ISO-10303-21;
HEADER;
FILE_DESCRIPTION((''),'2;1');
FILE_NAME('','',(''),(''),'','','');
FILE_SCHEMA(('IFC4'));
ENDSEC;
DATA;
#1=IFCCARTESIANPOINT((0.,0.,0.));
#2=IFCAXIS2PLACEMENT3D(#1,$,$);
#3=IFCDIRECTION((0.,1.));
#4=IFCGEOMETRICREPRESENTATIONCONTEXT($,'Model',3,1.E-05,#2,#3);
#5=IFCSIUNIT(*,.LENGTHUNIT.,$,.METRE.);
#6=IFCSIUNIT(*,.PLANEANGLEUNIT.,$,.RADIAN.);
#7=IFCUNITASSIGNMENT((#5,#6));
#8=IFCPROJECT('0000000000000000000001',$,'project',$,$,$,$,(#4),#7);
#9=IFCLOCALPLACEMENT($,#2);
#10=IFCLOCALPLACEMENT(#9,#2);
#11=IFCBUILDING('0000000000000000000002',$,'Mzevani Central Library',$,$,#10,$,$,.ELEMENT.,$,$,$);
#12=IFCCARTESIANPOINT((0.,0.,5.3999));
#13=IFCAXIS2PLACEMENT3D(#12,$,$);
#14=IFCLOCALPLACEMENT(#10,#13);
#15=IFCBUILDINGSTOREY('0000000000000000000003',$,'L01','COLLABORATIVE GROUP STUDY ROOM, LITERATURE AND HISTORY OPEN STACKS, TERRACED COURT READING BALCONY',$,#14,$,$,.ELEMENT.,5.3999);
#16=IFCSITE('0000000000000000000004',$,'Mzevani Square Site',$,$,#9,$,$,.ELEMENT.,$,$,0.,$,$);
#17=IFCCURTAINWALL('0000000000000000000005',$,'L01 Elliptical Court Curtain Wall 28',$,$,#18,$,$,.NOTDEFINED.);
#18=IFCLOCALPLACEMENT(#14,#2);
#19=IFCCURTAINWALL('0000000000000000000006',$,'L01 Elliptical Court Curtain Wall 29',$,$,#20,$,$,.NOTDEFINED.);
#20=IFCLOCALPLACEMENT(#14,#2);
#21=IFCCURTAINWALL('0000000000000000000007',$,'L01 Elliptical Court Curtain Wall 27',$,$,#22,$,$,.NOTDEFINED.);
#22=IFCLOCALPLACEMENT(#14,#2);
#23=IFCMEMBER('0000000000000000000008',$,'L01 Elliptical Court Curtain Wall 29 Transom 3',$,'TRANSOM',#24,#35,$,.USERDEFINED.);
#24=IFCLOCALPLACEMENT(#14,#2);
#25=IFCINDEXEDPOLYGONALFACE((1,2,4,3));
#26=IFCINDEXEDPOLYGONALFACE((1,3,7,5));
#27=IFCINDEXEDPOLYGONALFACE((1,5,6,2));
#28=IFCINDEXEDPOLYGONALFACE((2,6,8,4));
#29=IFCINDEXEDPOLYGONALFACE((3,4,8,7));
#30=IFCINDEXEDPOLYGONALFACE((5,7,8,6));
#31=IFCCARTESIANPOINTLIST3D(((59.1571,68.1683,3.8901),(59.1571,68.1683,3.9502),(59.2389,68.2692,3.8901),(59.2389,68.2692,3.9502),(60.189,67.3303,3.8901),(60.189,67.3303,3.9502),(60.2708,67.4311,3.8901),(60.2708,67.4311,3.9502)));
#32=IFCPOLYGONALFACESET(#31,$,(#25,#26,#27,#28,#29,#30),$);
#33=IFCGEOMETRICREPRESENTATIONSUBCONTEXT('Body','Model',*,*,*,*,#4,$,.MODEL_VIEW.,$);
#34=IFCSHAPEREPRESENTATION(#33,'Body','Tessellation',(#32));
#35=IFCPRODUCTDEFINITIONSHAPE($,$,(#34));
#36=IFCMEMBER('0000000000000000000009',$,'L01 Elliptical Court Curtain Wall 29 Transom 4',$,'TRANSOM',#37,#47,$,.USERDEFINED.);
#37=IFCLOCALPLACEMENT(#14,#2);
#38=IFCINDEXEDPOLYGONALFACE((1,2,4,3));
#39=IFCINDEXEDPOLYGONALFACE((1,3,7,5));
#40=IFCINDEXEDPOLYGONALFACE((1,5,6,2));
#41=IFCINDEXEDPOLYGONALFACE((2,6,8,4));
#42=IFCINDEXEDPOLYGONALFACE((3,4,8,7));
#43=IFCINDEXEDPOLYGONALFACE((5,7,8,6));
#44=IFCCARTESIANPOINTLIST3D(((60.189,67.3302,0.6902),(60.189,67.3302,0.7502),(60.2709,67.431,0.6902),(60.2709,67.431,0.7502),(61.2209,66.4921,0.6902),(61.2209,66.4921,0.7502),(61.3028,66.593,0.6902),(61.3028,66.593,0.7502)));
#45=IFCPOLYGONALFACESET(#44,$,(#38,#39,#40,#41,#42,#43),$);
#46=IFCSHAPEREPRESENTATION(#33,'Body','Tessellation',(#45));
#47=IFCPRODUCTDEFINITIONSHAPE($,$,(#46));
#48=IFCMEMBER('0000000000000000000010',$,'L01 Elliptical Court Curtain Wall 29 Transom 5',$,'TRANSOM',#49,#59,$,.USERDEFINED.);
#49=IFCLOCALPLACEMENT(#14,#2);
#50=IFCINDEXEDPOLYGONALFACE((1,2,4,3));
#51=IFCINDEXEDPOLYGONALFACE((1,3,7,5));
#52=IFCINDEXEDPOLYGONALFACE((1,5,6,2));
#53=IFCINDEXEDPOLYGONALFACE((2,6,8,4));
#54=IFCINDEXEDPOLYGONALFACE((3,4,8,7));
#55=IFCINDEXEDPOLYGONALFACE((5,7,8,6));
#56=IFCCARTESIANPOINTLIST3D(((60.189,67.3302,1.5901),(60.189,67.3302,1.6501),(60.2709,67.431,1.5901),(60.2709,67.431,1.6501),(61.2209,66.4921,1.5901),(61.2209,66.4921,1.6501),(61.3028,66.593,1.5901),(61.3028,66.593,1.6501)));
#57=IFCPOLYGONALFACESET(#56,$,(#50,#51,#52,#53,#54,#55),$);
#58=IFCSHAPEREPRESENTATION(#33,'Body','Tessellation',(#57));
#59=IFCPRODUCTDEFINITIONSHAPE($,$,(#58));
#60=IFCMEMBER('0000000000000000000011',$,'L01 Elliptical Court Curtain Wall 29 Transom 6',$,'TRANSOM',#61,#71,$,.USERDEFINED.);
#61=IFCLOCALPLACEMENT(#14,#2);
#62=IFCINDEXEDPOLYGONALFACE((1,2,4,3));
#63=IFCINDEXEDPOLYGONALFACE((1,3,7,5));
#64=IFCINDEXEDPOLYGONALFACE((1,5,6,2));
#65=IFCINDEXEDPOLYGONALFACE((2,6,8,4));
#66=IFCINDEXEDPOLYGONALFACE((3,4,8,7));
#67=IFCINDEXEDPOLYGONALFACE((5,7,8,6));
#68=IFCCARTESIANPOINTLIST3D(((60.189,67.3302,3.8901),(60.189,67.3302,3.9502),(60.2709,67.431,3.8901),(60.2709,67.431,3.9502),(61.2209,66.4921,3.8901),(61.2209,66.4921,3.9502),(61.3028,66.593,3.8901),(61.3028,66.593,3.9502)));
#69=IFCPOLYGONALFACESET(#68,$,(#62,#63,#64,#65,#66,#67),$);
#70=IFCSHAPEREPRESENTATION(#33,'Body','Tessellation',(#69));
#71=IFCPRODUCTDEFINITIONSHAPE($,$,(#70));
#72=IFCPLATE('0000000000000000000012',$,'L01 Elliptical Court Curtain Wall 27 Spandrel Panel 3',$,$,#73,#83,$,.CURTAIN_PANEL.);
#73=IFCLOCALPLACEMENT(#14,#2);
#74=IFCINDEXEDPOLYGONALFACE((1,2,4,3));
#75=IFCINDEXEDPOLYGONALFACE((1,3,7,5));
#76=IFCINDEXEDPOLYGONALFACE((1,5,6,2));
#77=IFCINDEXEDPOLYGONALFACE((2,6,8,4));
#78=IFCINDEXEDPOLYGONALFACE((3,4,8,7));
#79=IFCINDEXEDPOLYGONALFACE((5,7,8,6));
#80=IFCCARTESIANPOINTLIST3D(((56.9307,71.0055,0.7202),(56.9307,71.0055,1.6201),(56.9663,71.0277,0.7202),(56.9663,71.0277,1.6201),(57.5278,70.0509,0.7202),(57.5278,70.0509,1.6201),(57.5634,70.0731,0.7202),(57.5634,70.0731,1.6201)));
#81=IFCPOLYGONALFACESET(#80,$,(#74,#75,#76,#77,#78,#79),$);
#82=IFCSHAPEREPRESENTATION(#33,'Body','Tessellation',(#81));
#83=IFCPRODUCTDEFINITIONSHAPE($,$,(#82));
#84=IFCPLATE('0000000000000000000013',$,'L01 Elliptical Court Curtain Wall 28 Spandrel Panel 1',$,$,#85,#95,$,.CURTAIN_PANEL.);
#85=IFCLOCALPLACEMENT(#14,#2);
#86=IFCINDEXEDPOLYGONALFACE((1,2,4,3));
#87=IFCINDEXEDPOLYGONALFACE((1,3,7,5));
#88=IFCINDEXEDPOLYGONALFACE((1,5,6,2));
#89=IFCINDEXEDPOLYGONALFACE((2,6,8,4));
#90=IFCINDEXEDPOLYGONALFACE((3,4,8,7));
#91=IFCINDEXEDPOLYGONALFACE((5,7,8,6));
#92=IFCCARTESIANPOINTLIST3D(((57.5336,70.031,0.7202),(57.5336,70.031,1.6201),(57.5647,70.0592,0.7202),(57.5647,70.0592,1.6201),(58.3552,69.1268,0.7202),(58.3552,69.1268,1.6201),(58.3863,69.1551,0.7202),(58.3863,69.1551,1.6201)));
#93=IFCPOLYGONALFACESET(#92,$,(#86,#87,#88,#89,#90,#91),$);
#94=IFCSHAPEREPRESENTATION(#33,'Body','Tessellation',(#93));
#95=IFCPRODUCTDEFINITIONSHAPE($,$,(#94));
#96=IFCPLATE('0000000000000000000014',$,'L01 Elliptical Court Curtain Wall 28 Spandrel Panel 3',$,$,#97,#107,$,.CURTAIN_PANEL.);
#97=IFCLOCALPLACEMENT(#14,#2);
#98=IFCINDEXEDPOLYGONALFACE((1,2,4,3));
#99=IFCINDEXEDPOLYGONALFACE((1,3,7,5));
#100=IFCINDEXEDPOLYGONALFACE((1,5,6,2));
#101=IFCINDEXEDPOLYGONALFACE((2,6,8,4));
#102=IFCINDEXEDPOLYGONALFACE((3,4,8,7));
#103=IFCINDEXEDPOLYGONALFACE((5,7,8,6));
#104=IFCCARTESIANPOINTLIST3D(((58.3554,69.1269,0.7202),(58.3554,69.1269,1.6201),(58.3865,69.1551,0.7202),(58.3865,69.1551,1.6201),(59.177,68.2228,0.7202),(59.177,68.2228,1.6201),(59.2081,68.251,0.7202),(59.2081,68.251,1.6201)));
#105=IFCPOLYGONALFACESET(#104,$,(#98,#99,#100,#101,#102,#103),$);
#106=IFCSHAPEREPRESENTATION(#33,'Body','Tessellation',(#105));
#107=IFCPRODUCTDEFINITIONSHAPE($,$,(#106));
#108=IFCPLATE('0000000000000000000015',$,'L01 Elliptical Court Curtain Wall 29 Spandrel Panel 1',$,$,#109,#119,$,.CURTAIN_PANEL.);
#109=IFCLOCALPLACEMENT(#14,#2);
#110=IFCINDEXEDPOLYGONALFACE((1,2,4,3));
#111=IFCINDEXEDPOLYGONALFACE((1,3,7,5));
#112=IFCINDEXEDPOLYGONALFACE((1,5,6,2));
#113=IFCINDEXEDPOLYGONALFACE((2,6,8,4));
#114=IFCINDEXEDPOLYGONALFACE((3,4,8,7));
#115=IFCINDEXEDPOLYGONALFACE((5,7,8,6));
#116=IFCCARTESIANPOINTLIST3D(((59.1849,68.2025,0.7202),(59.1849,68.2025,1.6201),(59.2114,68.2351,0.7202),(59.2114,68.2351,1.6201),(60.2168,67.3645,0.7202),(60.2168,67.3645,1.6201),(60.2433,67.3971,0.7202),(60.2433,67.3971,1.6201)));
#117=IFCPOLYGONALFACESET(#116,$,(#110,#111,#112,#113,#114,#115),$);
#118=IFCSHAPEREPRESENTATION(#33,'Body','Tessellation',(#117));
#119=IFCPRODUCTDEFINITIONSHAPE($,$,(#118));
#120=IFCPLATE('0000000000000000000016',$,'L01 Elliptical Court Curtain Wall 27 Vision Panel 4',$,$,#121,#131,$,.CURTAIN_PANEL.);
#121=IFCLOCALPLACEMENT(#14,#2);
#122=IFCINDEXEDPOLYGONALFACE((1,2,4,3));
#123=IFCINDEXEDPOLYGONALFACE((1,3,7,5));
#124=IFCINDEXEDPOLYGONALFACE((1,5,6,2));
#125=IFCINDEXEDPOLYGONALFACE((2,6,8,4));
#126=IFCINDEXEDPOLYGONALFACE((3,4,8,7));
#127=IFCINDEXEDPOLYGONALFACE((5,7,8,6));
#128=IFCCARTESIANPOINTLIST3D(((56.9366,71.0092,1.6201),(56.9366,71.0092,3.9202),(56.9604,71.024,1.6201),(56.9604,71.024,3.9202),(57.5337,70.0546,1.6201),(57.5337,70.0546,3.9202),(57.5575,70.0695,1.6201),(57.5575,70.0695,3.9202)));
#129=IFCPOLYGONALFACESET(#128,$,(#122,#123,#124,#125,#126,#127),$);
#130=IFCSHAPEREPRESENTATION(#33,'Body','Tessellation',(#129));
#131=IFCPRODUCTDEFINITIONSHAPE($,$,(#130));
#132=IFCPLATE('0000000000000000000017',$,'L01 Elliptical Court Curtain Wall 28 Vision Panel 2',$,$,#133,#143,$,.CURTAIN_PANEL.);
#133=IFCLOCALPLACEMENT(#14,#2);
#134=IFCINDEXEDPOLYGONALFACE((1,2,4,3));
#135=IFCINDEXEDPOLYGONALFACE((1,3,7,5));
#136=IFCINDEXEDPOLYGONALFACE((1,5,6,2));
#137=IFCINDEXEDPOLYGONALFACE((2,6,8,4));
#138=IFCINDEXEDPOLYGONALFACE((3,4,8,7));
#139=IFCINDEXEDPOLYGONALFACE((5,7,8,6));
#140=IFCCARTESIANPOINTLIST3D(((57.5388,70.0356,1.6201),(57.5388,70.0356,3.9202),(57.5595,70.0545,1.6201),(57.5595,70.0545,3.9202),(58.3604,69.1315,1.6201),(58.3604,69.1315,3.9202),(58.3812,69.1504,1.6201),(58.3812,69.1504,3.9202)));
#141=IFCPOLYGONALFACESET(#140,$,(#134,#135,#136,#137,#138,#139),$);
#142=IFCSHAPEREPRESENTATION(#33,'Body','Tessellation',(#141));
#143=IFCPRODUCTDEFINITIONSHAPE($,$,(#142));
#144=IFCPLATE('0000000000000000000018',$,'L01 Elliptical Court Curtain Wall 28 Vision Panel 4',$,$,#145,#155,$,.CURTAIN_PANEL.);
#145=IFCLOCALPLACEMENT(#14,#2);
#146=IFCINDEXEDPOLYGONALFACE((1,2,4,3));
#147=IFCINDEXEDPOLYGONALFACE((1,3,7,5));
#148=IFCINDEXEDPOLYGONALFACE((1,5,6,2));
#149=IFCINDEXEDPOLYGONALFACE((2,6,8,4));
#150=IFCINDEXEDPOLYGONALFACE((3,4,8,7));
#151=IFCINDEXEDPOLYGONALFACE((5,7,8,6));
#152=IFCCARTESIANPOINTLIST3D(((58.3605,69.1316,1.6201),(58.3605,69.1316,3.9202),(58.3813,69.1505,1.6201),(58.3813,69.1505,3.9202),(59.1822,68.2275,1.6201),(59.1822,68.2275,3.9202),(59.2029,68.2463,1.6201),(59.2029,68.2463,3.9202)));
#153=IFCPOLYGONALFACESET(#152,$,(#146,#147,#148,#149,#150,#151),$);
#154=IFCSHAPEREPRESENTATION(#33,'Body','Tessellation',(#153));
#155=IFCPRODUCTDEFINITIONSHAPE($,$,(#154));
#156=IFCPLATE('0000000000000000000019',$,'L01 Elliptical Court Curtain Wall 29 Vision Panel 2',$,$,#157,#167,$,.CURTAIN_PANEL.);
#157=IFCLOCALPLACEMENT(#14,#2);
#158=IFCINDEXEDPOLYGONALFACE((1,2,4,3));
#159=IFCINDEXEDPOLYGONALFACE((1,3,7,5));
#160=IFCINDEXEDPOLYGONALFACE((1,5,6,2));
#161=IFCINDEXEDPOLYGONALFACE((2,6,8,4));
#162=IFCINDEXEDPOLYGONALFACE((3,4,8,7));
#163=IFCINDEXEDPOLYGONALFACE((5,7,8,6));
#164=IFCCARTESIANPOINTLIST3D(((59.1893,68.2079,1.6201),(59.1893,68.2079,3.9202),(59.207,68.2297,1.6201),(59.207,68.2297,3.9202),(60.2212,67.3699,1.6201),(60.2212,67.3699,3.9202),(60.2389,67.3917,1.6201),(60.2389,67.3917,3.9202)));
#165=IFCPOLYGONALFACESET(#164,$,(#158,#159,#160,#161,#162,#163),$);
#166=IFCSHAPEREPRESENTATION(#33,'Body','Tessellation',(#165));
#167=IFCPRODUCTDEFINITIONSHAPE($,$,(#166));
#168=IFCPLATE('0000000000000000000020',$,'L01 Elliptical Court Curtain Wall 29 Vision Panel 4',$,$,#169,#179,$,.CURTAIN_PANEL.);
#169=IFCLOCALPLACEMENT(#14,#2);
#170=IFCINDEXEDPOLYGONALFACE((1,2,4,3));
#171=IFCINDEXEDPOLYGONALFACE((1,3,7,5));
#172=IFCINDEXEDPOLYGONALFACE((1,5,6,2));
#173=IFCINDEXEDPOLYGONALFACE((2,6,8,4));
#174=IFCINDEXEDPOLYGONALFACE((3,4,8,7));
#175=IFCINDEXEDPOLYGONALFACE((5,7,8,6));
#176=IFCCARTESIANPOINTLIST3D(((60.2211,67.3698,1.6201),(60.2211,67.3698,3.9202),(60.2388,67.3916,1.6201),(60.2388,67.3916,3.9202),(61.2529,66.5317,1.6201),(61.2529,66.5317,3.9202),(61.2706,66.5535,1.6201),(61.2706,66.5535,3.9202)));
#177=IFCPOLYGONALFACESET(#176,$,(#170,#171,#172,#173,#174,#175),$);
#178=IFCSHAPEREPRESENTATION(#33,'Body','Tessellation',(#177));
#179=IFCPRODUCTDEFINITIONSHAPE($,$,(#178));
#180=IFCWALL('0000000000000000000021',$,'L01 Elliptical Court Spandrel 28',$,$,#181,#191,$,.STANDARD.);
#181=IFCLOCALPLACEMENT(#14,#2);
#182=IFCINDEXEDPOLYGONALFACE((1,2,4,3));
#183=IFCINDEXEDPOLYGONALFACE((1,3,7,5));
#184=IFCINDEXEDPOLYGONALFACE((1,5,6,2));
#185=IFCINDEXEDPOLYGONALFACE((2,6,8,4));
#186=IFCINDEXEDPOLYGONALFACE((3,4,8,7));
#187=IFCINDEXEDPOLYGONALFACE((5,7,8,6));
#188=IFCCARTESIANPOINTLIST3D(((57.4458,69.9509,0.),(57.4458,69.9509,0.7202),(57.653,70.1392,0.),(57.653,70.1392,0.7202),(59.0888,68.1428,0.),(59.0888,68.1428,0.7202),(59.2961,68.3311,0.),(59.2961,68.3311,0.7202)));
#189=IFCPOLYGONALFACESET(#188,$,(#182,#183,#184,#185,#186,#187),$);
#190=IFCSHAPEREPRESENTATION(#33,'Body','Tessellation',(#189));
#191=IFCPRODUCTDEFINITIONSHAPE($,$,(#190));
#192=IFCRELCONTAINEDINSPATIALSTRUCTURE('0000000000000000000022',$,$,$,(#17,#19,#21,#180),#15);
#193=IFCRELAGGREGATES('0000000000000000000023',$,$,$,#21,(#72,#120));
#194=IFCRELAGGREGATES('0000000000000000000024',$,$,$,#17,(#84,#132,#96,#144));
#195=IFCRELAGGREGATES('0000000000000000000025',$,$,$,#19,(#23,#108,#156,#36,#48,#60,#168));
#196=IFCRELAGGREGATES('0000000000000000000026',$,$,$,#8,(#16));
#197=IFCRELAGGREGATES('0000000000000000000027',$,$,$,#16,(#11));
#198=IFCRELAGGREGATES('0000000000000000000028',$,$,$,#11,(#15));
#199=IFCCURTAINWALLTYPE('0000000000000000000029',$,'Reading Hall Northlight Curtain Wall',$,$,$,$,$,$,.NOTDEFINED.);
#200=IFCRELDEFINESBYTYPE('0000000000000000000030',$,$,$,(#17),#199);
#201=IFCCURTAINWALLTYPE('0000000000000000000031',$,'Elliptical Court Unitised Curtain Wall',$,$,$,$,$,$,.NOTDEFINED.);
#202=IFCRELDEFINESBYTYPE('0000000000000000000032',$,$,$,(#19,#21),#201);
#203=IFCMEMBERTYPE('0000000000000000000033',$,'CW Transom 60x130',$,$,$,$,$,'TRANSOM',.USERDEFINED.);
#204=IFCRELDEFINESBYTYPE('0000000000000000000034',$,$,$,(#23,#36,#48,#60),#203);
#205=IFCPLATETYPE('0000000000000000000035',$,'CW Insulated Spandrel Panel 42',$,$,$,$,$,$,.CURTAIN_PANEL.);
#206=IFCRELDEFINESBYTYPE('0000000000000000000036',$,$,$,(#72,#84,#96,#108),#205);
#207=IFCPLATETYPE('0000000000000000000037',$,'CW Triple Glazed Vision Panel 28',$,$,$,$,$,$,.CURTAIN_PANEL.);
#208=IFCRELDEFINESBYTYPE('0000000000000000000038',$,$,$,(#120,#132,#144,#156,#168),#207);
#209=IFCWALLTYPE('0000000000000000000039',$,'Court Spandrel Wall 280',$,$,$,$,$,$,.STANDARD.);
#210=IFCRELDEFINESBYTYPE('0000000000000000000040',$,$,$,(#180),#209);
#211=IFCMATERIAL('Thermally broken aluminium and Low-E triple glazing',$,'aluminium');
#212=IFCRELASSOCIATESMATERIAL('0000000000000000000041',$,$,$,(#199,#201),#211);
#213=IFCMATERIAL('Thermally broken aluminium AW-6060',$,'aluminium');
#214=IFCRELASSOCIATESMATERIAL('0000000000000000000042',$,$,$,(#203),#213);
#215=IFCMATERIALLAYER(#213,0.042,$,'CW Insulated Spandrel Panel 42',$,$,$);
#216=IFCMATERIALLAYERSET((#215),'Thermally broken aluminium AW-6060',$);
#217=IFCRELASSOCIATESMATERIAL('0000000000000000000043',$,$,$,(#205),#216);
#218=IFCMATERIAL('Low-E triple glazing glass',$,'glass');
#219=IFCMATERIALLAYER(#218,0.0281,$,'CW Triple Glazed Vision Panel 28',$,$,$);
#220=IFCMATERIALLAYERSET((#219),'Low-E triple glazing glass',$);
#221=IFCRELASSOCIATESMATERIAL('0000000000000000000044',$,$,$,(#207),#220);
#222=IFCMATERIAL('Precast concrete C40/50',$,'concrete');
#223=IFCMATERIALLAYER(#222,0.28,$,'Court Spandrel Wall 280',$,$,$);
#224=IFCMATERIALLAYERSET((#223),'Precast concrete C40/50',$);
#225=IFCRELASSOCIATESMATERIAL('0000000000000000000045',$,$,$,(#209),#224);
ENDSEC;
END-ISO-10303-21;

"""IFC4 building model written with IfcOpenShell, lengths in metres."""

from ifc_helpers import new_model, si_unit, direction, frame, frame_2d, origin, origin_2d, place, context, subcontext, project, spatial, rectangle, extrude, material, layer, layer_set, material_profile, profile_set, type_object, element, aggregate, save


model = new_model("IFC4")

# Units and contexts
model_context = context("Model", 3, precision=1e-05, world=origin(), true_north=direction((0.0, 1.0)))
body_context = subcontext(model_context, "Body", "Model", "MODEL_VIEW")
ifc_project = project(units=[si_unit("LENGTHUNIT", "METRE"), si_unit("PLANEANGLEUNIT", "RADIAN")], contexts=[model_context])

# Site, building, storey
site_placement = place(None, origin())
site = spatial("IfcSite", under=ifc_project, at=site_placement, Name="Mzevani Square Site", CompositionType="ELEMENT", RefElevation=0.0)
building_placement = place(site_placement, origin())
building = spatial("IfcBuilding", under=site, at=building_placement, Name="Mzevani Central Library", CompositionType="ELEMENT")
storey_placement = place(building_placement, frame((0.0, 0.0, 5.3999)))
storey = spatial("IfcBuildingStorey", under=building, at=storey_placement, Name="L01", Description="COLLABORATIVE GROUP STUDY ROOM, LITERATURE AND HISTORY OPEN STACKS, TERRACED COURT READING BALCONY", CompositionType="ELEMENT", Elevation=5.3999)

# Curtain walls
ifc_material_1 = material(Name="Thermally broken aluminium and Low-E triple glazing", Category="aluminium")
curtain_wall_type_1 = type_object("IfcCurtainWallType", Name="Reading Hall Northlight Curtain Wall", PredefinedType="NOTDEFINED", material=ifc_material_1)
curtain_wall_1_placement = place(storey_placement, origin())
curtain_wall_1 = element("IfcCurtainWall", 1, at=curtain_wall_1_placement, inside=storey, type_object=curtain_wall_type_1, Name="L01 Elliptical Court Curtain Wall 28", PredefinedType="NOTDEFINED")
ifc_material_2 = material(Name="Thermally broken aluminium AW-6060", Category="aluminium")
curtain_wall_type_2 = type_object("IfcCurtainWallType", Name="Elliptical Court Unitised Curtain Wall", PredefinedType="NOTDEFINED", material=ifc_material_1)
curtain_wall_2_placement = place(storey_placement, origin())
curtain_wall_2 = element("IfcCurtainWall", 2, at=curtain_wall_2_placement, inside=storey, type_object=curtain_wall_type_2, Name="L01 Elliptical Court Curtain Wall 29", PredefinedType="NOTDEFINED")

# Curtain wall
curtain_wall_3_placement = place(storey_placement, origin())
curtain_wall_3 = element("IfcCurtainWall", 3, at=curtain_wall_3_placement, inside=storey, type_object=curtain_wall_type_2, Name="L01 Elliptical Court Curtain Wall 27", PredefinedType="NOTDEFINED")

# Members
ifc_material_profile_1 = material_profile(ifc_material_2, rectangle(XDim=0.1299, YDim=0.0601, at=origin_2d()), Name="ALU T60x130")
ifc_profile_set_1 = profile_set([ifc_material_profile_1], Name="Thermally broken aluminium AW-6060")
member_type_1 = type_object("IfcMemberType", Name="CW Transom 60x130", ElementType="TRANSOM", PredefinedType="USERDEFINED", material=ifc_profile_set_1)
member_1_placement = place(storey_placement, frame((59.198, 68.2188, 3.9202), z_axis=(0.776243, -0.630434, 0.0), x_axis=(0.630434, 0.776243, 0.0)))
member_1 = element("IfcMember", 4, at=member_1_placement, type_object=member_type_1, Name="L01 Elliptical Court Curtain Wall 29 Transom 3", ObjectType="TRANSOM", PredefinedType="USERDEFINED", context=body_context, shape_type="SweptSolid", body=[
    extrude(rectangle(XDim=0.1299, YDim=0.0601, at=origin_2d()), origin(), (0.0, 0.0, 1.0), 1.3293),
])
member_2_placement = place(storey_placement, frame((60.23, 67.3806, 0.7202), z_axis=(0.776243, -0.630434, 0.0), x_axis=(0.630434, 0.776243, 0.0)))
member_2 = element("IfcMember", 5, at=member_2_placement, type_object=member_type_1, Name="L01 Elliptical Court Curtain Wall 29 Transom 4", ObjectType="TRANSOM", PredefinedType="USERDEFINED", context=body_context, shape_type="SweptSolid", body=[
    extrude(rectangle(XDim=0.1299, YDim=0.0601, at=origin_2d()), origin(), (0.0, 0.0, 1.0), 1.3293),
])
member_3_placement = place(storey_placement, frame((60.23, 67.3806, 1.6201), z_axis=(0.776243, -0.630434, 0.0), x_axis=(0.630434, 0.776243, 0.0)))
member_3 = element("IfcMember", 6, at=member_3_placement, type_object=member_type_1, Name="L01 Elliptical Court Curtain Wall 29 Transom 5", ObjectType="TRANSOM", PredefinedType="USERDEFINED", context=body_context, shape_type="SweptSolid", body=[
    extrude(rectangle(XDim=0.1299, YDim=0.0601, at=origin_2d()), origin(), (0.0, 0.0, 1.0), 1.3293),
])
member_4_placement = place(storey_placement, frame((60.23, 67.3806, 3.9202), z_axis=(0.776243, -0.630434, 0.0), x_axis=(0.630434, 0.776243, 0.0)))
member_4 = element("IfcMember", 7, at=member_4_placement, type_object=member_type_1, Name="L01 Elliptical Court Curtain Wall 29 Transom 6", ObjectType="TRANSOM", PredefinedType="USERDEFINED", context=body_context, shape_type="SweptSolid", body=[
    extrude(rectangle(XDim=0.1299, YDim=0.0601, at=origin_2d()), origin(), (0.0, 0.0, 1.0), 1.3293),
])

# Plates
ifc_layer_1 = layer(ifc_material_2, 0.042, Name="CW Insulated Spandrel Panel 42")
ifc_layer_set_1 = layer_set([ifc_layer_1], Name="Thermally broken aluminium AW-6060")
plate_type_1 = type_object("IfcPlateType", Name="CW Insulated Spandrel Panel 42", PredefinedType="CURTAIN_PANEL", material=ifc_layer_set_1)
plate_1_placement = place(storey_placement, frame((57.2471, 70.5393, 0.7202), z_axis=(0.0, 0.0, 1.0), x_axis=(0.530343, -0.847783, 0.0)))
plate_1 = element("IfcPlate", 8, at=plate_1_placement, type_object=plate_type_1, Name="L01 Elliptical Court Curtain Wall 27 Spandrel Panel 3", PredefinedType="CURTAIN_PANEL", context=body_context, shape_type="SweptSolid", body=[
    extrude(rectangle(XDim=1.126, YDim=0.042, at=origin_2d()), origin(), (0.0, 0.0, 1.0), 0.8999),
])
plate_2_placement = place(storey_placement, frame((57.96, 69.593, 0.7202), z_axis=(0.0, 0.0, 1.0), x_axis=(0.672532, -0.740068, 0.0)))
plate_2 = element("IfcPlate", 9, at=plate_2_placement, type_object=plate_type_1, Name="L01 Elliptical Court Curtain Wall 28 Spandrel Panel 1", PredefinedType="CURTAIN_PANEL", context=body_context, shape_type="SweptSolid", body=[
    extrude(rectangle(XDim=1.2217, YDim=0.042, at=origin_2d()), origin(), (0.0, 0.0, 1.0), 0.8999),
])
plate_3_placement = place(storey_placement, frame((58.7817, 68.689, 0.7202), z_axis=(0.0, 0.0, 1.0), x_axis=(0.672532, -0.740068, 0.0)))
plate_3 = element("IfcPlate", 10, at=plate_3_placement, type_object=plate_type_1, Name="L01 Elliptical Court Curtain Wall 28 Spandrel Panel 3", PredefinedType="CURTAIN_PANEL", context=body_context, shape_type="SweptSolid", body=[
    extrude(rectangle(XDim=1.2217, YDim=0.042, at=origin_2d()), origin(), (0.0, 0.0, 1.0), 0.8999),
])
plate_4_placement = place(storey_placement, frame((59.7141, 67.7998, 0.7202), z_axis=(0.0, 0.0, 1.0), x_axis=(0.776231, -0.630448, 0.0)))
plate_4 = element("IfcPlate", 11, at=plate_4_placement, type_object=plate_type_1, Name="L01 Elliptical Court Curtain Wall 29 Spandrel Panel 1", PredefinedType="CURTAIN_PANEL", context=body_context, shape_type="SweptSolid", body=[
    extrude(rectangle(XDim=1.3293, YDim=0.042, at=origin_2d()), origin(), (0.0, 0.0, 1.0), 0.8999),
])
ifc_material_3 = material(Name="Low-E triple glazing glass", Category="glass")
ifc_layer_2 = layer(ifc_material_3, 0.0281, Name="CW Triple Glazed Vision Panel 28")
ifc_layer_set_2 = layer_set([ifc_layer_2], Name="Low-E triple glazing glass")
plate_type_2 = type_object("IfcPlateType", Name="CW Triple Glazed Vision Panel 28", PredefinedType="CURTAIN_PANEL", material=ifc_layer_set_2)
plate_5_placement = place(storey_placement, frame((57.2471, 70.5393, 1.6201), z_axis=(0.0, 0.0, 1.0), x_axis=(0.530343, -0.847783, 0.0)))
plate_5 = element("IfcPlate", 12, at=plate_5_placement, type_object=plate_type_2, Name="L01 Elliptical Court Curtain Wall 27 Vision Panel 4", PredefinedType="CURTAIN_PANEL", context=body_context, shape_type="SweptSolid", body=[
    extrude(rectangle(XDim=1.126, YDim=0.0281, at=origin_2d()), origin(), (0.0, 0.0, 1.0), 2.3),
])
aggregate(curtain_wall_3, [plate_1, plate_5])
plate_6_placement = place(storey_placement, frame((57.96, 69.593, 1.6201), z_axis=(0.0, 0.0, 1.0), x_axis=(0.672532, -0.740068, 0.0)))
plate_6 = element("IfcPlate", 13, at=plate_6_placement, type_object=plate_type_2, Name="L01 Elliptical Court Curtain Wall 28 Vision Panel 2", PredefinedType="CURTAIN_PANEL", context=body_context, shape_type="SweptSolid", body=[
    extrude(rectangle(XDim=1.2217, YDim=0.0281, at=origin_2d()), origin(), (0.0, 0.0, 1.0), 2.3),
])
plate_7_placement = place(storey_placement, frame((58.7817, 68.689, 1.6201), z_axis=(0.0, 0.0, 1.0), x_axis=(0.672532, -0.740068, 0.0)))
plate_7 = element("IfcPlate", 14, at=plate_7_placement, type_object=plate_type_2, Name="L01 Elliptical Court Curtain Wall 28 Vision Panel 4", PredefinedType="CURTAIN_PANEL", context=body_context, shape_type="SweptSolid", body=[
    extrude(rectangle(XDim=1.2217, YDim=0.0281, at=origin_2d()), origin(), (0.0, 0.0, 1.0), 2.3),
])
aggregate(curtain_wall_1, [plate_2, plate_6, plate_3, plate_7])
plate_8_placement = place(storey_placement, frame((59.7141, 67.7998, 1.6201), z_axis=(0.0, 0.0, 1.0), x_axis=(0.776231, -0.630448, 0.0)))
plate_8 = element("IfcPlate", 15, at=plate_8_placement, type_object=plate_type_2, Name="L01 Elliptical Court Curtain Wall 29 Vision Panel 2", PredefinedType="CURTAIN_PANEL", context=body_context, shape_type="SweptSolid", body=[
    extrude(rectangle(XDim=1.3293, YDim=0.0281, at=origin_2d()), origin(), (0.0, 0.0, 1.0), 2.3),
])
plate_9_placement = place(storey_placement, frame((60.7458, 66.9617, 1.6201), z_axis=(0.0, 0.0, 1.0), x_axis=(0.776231, -0.630448, 0.0)))
plate_9 = element("IfcPlate", 16, at=plate_9_placement, type_object=plate_type_2, Name="L01 Elliptical Court Curtain Wall 29 Vision Panel 4", PredefinedType="CURTAIN_PANEL", context=body_context, shape_type="SweptSolid", body=[
    extrude(rectangle(XDim=1.3293, YDim=0.0281, at=origin_2d()), origin(), (0.0, 0.0, 1.0), 2.3),
])
aggregate(curtain_wall_2, [member_1, plate_4, plate_8, member_2, member_3, member_4, plate_9])

# Wall
ifc_material_4 = material(Name="Precast concrete C40/50", Category="concrete")
ifc_layer_3 = layer(ifc_material_4, 0.28, Name="Court Spandrel Wall 280")
ifc_layer_set_3 = layer_set([ifc_layer_3], Name="Precast concrete C40/50")
wall_type = type_object("IfcWallType", Name="Court Spandrel Wall 280", PredefinedType="STANDARD", material=ifc_layer_set_3)
wall_1_placement = place(storey_placement, frame((57.5493, 70.0452, 0.0), z_axis=(0.0, 0.0, 1.0), x_axis=(0.672524, -0.740076, 0.0)))
element("IfcWall", 17, at=wall_1_placement, inside=storey, type_object=wall_type, Name="L01 Elliptical Court Spandrel 28", PredefinedType="STANDARD", context=body_context, shape_type="SweptSolid", body=[
    extrude(rectangle(XDim=2.4431, YDim=0.28, at=frame_2d((1.2217, 0.0))), origin(), (0.0, 0.0, 1.0), 0.7202),
])

save(model, "model.ifc")
